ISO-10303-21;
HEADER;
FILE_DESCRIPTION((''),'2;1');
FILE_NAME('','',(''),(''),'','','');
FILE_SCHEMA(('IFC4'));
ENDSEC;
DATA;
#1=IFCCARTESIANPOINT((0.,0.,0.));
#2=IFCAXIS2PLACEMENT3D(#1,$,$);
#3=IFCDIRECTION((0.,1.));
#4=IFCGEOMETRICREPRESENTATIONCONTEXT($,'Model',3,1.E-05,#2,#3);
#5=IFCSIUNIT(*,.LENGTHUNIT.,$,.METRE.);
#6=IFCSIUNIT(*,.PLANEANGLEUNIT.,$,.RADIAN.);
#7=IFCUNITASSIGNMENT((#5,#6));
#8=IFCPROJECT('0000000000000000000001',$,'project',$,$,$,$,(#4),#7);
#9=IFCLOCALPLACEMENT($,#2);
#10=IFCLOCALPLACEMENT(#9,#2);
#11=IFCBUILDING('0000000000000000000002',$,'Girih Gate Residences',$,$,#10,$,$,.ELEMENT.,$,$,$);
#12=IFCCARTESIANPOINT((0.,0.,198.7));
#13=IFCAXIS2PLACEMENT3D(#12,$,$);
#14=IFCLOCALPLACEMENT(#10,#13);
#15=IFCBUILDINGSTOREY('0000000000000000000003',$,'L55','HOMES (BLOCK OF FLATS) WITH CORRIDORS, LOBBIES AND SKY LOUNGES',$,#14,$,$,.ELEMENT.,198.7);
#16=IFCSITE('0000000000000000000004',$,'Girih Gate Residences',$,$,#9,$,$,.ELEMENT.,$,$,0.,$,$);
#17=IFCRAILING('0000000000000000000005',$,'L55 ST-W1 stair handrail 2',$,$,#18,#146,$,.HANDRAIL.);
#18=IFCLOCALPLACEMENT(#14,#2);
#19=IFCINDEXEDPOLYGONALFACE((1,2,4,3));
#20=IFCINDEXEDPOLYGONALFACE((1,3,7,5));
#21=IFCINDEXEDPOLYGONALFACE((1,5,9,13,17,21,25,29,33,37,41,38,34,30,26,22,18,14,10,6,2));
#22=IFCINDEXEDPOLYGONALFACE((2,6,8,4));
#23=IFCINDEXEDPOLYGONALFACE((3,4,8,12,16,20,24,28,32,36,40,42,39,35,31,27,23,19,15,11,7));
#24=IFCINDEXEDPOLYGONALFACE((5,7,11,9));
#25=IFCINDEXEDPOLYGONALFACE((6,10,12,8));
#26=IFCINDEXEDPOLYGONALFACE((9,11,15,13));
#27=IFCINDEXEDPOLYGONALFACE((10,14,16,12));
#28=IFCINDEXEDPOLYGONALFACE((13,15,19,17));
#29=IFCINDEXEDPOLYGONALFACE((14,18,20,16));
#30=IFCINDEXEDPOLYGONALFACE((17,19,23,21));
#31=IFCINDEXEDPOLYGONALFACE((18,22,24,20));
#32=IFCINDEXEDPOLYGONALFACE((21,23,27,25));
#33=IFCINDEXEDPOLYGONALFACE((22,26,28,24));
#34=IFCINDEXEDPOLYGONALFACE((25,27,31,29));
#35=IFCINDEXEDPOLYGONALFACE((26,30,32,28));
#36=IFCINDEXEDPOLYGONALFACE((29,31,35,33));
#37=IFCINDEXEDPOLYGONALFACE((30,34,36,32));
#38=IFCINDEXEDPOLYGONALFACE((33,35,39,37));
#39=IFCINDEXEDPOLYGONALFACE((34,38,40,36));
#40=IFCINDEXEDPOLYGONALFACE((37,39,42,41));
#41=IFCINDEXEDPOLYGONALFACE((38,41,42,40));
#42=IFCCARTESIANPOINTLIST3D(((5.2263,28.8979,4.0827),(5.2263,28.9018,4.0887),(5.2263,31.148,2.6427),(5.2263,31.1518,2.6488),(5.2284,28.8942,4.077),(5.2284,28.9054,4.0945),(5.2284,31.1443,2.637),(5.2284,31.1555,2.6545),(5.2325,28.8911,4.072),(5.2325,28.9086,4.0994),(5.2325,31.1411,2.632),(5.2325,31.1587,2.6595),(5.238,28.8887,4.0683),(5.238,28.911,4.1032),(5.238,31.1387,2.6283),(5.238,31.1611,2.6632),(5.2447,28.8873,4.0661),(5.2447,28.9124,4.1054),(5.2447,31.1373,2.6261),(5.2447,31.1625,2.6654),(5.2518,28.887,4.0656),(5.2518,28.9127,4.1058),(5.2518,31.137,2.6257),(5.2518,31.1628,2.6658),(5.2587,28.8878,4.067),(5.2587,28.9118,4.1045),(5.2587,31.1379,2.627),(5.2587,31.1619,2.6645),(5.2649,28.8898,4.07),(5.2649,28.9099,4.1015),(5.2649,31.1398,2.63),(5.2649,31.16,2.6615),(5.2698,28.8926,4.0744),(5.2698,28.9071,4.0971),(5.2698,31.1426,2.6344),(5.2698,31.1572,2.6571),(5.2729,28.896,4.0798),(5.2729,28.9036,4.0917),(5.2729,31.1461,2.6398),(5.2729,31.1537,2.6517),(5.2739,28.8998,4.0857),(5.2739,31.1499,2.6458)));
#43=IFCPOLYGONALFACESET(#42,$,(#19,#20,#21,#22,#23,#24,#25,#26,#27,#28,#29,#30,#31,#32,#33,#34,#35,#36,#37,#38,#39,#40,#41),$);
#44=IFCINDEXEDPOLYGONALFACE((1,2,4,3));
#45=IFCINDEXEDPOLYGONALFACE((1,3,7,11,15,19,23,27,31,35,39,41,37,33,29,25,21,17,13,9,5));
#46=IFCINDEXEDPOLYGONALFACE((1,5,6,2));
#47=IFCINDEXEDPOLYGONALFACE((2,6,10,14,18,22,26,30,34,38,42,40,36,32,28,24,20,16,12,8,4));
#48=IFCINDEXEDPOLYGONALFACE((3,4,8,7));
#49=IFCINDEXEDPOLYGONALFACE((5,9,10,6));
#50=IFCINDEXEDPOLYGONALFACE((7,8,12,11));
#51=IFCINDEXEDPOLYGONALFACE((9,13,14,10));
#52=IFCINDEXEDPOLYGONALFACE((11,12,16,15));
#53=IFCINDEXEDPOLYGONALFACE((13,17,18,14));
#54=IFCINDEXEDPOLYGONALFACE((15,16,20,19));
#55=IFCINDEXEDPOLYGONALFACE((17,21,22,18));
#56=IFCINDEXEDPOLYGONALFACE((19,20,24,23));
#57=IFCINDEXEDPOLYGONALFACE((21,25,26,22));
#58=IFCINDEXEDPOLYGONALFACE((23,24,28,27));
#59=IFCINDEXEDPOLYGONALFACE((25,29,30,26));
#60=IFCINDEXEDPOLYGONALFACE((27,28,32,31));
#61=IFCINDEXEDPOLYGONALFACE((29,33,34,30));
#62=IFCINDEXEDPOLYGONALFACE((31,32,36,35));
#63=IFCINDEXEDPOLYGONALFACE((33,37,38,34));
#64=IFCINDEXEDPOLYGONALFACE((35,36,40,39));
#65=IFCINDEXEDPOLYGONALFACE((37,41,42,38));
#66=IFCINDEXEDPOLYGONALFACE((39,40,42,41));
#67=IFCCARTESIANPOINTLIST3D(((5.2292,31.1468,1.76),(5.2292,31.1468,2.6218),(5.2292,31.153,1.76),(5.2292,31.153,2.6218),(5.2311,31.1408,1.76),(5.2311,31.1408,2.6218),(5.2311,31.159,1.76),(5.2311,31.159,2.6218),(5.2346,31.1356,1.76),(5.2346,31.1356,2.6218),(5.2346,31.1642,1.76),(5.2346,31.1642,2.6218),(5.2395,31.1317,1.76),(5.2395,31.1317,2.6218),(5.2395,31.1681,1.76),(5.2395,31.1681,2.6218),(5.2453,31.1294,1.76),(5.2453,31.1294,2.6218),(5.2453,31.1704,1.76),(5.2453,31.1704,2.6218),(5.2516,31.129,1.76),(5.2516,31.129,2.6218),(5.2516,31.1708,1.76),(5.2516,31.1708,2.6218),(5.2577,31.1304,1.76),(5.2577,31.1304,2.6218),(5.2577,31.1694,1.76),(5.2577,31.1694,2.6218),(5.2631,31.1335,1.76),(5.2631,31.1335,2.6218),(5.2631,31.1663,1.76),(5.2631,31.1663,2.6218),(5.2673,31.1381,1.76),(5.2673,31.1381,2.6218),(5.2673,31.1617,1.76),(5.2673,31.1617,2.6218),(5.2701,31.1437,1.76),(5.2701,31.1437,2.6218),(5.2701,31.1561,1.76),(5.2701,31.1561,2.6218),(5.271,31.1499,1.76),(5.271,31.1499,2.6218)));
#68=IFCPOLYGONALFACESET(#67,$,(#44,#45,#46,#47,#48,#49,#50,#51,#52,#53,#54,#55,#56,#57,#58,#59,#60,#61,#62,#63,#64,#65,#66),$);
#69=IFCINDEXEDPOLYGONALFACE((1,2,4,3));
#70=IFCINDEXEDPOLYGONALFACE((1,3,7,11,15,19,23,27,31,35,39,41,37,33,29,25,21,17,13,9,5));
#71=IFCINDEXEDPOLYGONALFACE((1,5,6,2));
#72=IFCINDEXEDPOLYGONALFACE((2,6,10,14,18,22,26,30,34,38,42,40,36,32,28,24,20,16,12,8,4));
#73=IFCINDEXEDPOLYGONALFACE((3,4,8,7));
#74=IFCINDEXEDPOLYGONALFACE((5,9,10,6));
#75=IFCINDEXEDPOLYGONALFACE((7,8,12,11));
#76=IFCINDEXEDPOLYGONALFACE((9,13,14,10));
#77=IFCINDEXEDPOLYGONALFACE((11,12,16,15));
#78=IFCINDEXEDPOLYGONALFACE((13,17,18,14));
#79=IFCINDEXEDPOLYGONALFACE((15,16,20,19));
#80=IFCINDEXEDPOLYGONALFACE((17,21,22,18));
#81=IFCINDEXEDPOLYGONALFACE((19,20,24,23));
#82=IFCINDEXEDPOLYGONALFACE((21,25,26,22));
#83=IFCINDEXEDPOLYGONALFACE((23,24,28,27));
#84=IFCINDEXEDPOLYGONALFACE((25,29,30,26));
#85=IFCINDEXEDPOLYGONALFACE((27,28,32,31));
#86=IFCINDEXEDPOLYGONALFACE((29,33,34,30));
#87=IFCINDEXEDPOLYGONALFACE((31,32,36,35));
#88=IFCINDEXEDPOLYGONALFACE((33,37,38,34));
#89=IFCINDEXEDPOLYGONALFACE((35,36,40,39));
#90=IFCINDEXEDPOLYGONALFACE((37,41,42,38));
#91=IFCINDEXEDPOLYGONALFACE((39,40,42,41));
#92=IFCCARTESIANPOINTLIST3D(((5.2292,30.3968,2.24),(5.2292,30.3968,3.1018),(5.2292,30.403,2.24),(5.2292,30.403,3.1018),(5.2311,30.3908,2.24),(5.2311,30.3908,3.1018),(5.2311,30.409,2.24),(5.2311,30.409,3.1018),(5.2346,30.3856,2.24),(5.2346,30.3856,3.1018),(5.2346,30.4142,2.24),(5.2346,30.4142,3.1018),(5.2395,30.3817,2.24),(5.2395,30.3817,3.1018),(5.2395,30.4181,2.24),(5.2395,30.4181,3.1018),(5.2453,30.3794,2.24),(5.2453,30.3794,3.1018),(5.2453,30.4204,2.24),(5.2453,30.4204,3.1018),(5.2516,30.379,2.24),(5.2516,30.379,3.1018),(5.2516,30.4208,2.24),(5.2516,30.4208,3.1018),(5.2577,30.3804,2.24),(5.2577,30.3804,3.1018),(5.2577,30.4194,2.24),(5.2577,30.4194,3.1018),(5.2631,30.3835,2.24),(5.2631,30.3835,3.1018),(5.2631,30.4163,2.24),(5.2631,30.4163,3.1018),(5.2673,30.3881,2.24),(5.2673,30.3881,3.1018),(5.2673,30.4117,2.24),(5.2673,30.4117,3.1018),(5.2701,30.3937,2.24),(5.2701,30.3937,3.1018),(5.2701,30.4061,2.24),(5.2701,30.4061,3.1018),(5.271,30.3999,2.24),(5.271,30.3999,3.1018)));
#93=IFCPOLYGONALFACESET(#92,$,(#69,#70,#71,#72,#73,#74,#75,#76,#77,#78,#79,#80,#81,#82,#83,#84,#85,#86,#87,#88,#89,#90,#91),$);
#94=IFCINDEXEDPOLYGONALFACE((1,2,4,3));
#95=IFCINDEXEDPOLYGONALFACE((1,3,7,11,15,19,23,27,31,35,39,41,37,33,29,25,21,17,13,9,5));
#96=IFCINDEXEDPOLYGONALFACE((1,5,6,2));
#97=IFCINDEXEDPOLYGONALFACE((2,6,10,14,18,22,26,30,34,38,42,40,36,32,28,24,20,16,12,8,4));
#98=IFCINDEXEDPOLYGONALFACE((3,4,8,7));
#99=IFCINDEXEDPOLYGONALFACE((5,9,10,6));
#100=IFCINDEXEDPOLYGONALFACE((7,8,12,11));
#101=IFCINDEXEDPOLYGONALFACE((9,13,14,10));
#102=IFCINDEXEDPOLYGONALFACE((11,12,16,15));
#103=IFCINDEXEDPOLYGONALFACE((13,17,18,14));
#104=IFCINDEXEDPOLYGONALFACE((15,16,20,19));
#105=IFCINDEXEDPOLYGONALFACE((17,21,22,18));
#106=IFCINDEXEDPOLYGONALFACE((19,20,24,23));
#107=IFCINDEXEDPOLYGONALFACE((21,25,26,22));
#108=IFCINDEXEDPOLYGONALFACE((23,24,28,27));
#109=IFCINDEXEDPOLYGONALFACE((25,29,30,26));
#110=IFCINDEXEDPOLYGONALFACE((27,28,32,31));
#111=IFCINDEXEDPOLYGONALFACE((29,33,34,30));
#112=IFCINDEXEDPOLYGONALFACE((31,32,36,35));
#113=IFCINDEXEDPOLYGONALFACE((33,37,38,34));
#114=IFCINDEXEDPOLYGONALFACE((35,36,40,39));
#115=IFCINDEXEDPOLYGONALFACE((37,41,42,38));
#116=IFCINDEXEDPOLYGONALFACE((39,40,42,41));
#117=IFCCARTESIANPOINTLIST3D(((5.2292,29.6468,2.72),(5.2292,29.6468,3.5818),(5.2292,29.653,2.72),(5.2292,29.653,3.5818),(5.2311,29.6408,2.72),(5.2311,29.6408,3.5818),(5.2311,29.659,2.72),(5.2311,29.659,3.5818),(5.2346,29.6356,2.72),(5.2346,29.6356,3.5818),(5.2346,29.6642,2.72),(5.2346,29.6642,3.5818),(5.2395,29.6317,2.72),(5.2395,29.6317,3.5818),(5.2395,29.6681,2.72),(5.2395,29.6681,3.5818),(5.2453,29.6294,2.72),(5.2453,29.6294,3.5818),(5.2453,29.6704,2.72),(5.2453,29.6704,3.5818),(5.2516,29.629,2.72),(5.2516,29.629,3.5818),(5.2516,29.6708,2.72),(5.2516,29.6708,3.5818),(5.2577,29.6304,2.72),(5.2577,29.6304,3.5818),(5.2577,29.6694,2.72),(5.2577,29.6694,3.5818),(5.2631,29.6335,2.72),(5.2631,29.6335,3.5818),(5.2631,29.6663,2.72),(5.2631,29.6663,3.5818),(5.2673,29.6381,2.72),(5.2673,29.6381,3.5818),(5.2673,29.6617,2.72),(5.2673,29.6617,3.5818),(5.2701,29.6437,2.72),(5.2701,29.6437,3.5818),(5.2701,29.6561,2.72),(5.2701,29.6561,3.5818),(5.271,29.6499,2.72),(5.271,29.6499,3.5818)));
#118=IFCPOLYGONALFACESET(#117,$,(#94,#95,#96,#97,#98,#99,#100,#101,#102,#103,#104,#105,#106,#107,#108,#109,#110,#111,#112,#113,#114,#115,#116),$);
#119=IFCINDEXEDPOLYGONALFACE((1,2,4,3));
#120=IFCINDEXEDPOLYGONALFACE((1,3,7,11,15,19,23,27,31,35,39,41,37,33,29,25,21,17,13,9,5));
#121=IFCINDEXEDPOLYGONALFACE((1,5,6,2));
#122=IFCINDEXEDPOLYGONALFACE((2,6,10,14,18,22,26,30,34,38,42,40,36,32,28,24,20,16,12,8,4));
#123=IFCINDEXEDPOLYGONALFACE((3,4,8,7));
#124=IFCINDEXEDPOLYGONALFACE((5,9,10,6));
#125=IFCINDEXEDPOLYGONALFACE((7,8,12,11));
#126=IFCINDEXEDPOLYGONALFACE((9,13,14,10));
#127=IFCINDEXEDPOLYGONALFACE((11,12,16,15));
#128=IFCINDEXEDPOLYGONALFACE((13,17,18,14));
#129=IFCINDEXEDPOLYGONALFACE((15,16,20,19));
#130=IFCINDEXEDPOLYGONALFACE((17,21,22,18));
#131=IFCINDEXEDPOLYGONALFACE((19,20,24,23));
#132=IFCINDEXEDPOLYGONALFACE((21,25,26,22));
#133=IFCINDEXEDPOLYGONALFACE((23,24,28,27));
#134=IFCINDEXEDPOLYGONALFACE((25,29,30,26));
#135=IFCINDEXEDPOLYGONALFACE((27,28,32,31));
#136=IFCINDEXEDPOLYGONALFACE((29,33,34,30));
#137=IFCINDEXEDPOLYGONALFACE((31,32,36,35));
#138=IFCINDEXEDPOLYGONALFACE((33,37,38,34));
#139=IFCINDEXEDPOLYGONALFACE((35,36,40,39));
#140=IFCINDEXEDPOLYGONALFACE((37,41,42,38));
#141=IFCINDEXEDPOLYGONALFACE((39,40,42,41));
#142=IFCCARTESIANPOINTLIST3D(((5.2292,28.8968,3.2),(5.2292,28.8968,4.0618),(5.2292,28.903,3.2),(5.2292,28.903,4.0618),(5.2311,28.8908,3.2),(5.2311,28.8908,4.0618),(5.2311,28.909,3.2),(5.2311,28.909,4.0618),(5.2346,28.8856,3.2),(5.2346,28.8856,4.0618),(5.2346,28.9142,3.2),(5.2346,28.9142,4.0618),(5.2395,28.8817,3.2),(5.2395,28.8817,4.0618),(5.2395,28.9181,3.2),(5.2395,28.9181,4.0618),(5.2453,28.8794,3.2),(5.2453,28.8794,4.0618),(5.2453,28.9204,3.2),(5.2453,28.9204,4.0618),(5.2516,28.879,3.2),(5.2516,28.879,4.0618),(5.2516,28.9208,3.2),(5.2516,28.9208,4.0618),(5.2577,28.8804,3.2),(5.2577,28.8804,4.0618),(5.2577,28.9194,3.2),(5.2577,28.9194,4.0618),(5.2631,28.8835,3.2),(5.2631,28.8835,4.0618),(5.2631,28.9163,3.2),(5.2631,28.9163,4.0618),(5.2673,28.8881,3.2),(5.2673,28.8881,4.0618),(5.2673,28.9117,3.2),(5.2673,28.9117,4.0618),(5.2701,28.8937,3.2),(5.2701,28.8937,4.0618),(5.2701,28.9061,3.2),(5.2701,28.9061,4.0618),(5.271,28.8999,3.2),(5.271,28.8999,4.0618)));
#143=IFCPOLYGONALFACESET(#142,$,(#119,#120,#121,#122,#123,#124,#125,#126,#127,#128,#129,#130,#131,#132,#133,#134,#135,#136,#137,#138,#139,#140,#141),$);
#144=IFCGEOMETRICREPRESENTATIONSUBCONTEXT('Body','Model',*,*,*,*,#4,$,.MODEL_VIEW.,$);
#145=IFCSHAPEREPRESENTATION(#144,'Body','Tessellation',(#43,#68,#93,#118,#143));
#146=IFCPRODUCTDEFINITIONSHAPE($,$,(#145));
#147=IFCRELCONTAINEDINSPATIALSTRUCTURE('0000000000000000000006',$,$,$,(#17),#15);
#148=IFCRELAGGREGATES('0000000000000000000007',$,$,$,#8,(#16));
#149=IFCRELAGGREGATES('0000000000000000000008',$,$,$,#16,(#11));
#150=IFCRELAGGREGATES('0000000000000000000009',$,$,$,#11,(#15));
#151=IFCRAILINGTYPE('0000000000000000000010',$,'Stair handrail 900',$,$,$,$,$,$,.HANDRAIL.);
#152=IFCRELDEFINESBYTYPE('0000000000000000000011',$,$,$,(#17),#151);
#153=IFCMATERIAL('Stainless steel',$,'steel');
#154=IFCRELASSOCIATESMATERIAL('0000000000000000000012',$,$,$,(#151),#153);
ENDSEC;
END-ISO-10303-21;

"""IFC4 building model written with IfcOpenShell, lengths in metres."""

from ifc_helpers import new_model, si_unit, direction, frame, origin, origin_2d, place, context, subcontext, project, spatial, circle, extrude, material, type_object, element, save


model = new_model("IFC4")

# Units and contexts
model_context = context("Model", 3, precision=1e-05, world=origin(), true_north=direction((0.0, 1.0)))
body_context = subcontext(model_context, "Body", "Model", "MODEL_VIEW")
ifc_project = project(units=[si_unit("LENGTHUNIT", "METRE"), si_unit("PLANEANGLEUNIT", "RADIAN")], contexts=[model_context])

# Site, building, storey
site_placement = place(None, origin())
site = spatial("IfcSite", under=ifc_project, at=site_placement, Name="Girih Gate Residences", CompositionType="ELEMENT", RefElevation=0.0)
building_placement = place(site_placement, origin())
building = spatial("IfcBuilding", under=site, at=building_placement, Name="Girih Gate Residences", CompositionType="ELEMENT")
storey_placement = place(building_placement, frame((0.0, 0.0, 198.7)))
storey = spatial("IfcBuildingStorey", under=building, at=storey_placement, Name="L55", Description="HOMES (BLOCK OF FLATS) WITH CORRIDORS, LOBBIES AND SKY LOUNGES", CompositionType="ELEMENT", Elevation=198.7)

# Shared definitions
ifc_material_1 = material(Name="Stainless steel", Category="steel")

# Railing
railing_type = type_object("IfcRailingType", Name="Stair handrail 900", PredefinedType="HANDRAIL", material=ifc_material_1)
railing_placement = place(storey_placement, frame((5.25, 31.1499, 1.76)))
element("IfcRailing", 1, at=railing_placement, inside=storey, type_object=railing_type, Name="L55 ST-W1 stair handrail 2", PredefinedType="HANDRAIL", context=body_context, shape_type="SweptSolid", body=[
    extrude(circle(Radius=0.0239, at=origin_2d()), frame((0.0, 0.0, 0.8857), z_axis=(0.0, -0.842281, 0.539038), x_axis=(1.0, 0.0, 0.0)), (0.0, 0.0, 1.0), 2.6714),
    extrude(circle(Radius=0.021, at=origin_2d()), origin(), (0.0, 0.0, 1.0), 0.8618),
    extrude(circle(Radius=0.021, at=origin_2d()), frame((0.0, -0.75, 0.48)), (0.0, 0.0, 1.0), 0.8618),
    extrude(circle(Radius=0.021, at=origin_2d()), frame((0.0, -1.5, 0.96)), (0.0, 0.0, 1.0), 0.8618),
    extrude(circle(Radius=0.021, at=origin_2d()), frame((0.0, -2.25, 1.4399)), (0.0, 0.0, 1.0), 0.8618),
])

save(model, "model.ifc")
